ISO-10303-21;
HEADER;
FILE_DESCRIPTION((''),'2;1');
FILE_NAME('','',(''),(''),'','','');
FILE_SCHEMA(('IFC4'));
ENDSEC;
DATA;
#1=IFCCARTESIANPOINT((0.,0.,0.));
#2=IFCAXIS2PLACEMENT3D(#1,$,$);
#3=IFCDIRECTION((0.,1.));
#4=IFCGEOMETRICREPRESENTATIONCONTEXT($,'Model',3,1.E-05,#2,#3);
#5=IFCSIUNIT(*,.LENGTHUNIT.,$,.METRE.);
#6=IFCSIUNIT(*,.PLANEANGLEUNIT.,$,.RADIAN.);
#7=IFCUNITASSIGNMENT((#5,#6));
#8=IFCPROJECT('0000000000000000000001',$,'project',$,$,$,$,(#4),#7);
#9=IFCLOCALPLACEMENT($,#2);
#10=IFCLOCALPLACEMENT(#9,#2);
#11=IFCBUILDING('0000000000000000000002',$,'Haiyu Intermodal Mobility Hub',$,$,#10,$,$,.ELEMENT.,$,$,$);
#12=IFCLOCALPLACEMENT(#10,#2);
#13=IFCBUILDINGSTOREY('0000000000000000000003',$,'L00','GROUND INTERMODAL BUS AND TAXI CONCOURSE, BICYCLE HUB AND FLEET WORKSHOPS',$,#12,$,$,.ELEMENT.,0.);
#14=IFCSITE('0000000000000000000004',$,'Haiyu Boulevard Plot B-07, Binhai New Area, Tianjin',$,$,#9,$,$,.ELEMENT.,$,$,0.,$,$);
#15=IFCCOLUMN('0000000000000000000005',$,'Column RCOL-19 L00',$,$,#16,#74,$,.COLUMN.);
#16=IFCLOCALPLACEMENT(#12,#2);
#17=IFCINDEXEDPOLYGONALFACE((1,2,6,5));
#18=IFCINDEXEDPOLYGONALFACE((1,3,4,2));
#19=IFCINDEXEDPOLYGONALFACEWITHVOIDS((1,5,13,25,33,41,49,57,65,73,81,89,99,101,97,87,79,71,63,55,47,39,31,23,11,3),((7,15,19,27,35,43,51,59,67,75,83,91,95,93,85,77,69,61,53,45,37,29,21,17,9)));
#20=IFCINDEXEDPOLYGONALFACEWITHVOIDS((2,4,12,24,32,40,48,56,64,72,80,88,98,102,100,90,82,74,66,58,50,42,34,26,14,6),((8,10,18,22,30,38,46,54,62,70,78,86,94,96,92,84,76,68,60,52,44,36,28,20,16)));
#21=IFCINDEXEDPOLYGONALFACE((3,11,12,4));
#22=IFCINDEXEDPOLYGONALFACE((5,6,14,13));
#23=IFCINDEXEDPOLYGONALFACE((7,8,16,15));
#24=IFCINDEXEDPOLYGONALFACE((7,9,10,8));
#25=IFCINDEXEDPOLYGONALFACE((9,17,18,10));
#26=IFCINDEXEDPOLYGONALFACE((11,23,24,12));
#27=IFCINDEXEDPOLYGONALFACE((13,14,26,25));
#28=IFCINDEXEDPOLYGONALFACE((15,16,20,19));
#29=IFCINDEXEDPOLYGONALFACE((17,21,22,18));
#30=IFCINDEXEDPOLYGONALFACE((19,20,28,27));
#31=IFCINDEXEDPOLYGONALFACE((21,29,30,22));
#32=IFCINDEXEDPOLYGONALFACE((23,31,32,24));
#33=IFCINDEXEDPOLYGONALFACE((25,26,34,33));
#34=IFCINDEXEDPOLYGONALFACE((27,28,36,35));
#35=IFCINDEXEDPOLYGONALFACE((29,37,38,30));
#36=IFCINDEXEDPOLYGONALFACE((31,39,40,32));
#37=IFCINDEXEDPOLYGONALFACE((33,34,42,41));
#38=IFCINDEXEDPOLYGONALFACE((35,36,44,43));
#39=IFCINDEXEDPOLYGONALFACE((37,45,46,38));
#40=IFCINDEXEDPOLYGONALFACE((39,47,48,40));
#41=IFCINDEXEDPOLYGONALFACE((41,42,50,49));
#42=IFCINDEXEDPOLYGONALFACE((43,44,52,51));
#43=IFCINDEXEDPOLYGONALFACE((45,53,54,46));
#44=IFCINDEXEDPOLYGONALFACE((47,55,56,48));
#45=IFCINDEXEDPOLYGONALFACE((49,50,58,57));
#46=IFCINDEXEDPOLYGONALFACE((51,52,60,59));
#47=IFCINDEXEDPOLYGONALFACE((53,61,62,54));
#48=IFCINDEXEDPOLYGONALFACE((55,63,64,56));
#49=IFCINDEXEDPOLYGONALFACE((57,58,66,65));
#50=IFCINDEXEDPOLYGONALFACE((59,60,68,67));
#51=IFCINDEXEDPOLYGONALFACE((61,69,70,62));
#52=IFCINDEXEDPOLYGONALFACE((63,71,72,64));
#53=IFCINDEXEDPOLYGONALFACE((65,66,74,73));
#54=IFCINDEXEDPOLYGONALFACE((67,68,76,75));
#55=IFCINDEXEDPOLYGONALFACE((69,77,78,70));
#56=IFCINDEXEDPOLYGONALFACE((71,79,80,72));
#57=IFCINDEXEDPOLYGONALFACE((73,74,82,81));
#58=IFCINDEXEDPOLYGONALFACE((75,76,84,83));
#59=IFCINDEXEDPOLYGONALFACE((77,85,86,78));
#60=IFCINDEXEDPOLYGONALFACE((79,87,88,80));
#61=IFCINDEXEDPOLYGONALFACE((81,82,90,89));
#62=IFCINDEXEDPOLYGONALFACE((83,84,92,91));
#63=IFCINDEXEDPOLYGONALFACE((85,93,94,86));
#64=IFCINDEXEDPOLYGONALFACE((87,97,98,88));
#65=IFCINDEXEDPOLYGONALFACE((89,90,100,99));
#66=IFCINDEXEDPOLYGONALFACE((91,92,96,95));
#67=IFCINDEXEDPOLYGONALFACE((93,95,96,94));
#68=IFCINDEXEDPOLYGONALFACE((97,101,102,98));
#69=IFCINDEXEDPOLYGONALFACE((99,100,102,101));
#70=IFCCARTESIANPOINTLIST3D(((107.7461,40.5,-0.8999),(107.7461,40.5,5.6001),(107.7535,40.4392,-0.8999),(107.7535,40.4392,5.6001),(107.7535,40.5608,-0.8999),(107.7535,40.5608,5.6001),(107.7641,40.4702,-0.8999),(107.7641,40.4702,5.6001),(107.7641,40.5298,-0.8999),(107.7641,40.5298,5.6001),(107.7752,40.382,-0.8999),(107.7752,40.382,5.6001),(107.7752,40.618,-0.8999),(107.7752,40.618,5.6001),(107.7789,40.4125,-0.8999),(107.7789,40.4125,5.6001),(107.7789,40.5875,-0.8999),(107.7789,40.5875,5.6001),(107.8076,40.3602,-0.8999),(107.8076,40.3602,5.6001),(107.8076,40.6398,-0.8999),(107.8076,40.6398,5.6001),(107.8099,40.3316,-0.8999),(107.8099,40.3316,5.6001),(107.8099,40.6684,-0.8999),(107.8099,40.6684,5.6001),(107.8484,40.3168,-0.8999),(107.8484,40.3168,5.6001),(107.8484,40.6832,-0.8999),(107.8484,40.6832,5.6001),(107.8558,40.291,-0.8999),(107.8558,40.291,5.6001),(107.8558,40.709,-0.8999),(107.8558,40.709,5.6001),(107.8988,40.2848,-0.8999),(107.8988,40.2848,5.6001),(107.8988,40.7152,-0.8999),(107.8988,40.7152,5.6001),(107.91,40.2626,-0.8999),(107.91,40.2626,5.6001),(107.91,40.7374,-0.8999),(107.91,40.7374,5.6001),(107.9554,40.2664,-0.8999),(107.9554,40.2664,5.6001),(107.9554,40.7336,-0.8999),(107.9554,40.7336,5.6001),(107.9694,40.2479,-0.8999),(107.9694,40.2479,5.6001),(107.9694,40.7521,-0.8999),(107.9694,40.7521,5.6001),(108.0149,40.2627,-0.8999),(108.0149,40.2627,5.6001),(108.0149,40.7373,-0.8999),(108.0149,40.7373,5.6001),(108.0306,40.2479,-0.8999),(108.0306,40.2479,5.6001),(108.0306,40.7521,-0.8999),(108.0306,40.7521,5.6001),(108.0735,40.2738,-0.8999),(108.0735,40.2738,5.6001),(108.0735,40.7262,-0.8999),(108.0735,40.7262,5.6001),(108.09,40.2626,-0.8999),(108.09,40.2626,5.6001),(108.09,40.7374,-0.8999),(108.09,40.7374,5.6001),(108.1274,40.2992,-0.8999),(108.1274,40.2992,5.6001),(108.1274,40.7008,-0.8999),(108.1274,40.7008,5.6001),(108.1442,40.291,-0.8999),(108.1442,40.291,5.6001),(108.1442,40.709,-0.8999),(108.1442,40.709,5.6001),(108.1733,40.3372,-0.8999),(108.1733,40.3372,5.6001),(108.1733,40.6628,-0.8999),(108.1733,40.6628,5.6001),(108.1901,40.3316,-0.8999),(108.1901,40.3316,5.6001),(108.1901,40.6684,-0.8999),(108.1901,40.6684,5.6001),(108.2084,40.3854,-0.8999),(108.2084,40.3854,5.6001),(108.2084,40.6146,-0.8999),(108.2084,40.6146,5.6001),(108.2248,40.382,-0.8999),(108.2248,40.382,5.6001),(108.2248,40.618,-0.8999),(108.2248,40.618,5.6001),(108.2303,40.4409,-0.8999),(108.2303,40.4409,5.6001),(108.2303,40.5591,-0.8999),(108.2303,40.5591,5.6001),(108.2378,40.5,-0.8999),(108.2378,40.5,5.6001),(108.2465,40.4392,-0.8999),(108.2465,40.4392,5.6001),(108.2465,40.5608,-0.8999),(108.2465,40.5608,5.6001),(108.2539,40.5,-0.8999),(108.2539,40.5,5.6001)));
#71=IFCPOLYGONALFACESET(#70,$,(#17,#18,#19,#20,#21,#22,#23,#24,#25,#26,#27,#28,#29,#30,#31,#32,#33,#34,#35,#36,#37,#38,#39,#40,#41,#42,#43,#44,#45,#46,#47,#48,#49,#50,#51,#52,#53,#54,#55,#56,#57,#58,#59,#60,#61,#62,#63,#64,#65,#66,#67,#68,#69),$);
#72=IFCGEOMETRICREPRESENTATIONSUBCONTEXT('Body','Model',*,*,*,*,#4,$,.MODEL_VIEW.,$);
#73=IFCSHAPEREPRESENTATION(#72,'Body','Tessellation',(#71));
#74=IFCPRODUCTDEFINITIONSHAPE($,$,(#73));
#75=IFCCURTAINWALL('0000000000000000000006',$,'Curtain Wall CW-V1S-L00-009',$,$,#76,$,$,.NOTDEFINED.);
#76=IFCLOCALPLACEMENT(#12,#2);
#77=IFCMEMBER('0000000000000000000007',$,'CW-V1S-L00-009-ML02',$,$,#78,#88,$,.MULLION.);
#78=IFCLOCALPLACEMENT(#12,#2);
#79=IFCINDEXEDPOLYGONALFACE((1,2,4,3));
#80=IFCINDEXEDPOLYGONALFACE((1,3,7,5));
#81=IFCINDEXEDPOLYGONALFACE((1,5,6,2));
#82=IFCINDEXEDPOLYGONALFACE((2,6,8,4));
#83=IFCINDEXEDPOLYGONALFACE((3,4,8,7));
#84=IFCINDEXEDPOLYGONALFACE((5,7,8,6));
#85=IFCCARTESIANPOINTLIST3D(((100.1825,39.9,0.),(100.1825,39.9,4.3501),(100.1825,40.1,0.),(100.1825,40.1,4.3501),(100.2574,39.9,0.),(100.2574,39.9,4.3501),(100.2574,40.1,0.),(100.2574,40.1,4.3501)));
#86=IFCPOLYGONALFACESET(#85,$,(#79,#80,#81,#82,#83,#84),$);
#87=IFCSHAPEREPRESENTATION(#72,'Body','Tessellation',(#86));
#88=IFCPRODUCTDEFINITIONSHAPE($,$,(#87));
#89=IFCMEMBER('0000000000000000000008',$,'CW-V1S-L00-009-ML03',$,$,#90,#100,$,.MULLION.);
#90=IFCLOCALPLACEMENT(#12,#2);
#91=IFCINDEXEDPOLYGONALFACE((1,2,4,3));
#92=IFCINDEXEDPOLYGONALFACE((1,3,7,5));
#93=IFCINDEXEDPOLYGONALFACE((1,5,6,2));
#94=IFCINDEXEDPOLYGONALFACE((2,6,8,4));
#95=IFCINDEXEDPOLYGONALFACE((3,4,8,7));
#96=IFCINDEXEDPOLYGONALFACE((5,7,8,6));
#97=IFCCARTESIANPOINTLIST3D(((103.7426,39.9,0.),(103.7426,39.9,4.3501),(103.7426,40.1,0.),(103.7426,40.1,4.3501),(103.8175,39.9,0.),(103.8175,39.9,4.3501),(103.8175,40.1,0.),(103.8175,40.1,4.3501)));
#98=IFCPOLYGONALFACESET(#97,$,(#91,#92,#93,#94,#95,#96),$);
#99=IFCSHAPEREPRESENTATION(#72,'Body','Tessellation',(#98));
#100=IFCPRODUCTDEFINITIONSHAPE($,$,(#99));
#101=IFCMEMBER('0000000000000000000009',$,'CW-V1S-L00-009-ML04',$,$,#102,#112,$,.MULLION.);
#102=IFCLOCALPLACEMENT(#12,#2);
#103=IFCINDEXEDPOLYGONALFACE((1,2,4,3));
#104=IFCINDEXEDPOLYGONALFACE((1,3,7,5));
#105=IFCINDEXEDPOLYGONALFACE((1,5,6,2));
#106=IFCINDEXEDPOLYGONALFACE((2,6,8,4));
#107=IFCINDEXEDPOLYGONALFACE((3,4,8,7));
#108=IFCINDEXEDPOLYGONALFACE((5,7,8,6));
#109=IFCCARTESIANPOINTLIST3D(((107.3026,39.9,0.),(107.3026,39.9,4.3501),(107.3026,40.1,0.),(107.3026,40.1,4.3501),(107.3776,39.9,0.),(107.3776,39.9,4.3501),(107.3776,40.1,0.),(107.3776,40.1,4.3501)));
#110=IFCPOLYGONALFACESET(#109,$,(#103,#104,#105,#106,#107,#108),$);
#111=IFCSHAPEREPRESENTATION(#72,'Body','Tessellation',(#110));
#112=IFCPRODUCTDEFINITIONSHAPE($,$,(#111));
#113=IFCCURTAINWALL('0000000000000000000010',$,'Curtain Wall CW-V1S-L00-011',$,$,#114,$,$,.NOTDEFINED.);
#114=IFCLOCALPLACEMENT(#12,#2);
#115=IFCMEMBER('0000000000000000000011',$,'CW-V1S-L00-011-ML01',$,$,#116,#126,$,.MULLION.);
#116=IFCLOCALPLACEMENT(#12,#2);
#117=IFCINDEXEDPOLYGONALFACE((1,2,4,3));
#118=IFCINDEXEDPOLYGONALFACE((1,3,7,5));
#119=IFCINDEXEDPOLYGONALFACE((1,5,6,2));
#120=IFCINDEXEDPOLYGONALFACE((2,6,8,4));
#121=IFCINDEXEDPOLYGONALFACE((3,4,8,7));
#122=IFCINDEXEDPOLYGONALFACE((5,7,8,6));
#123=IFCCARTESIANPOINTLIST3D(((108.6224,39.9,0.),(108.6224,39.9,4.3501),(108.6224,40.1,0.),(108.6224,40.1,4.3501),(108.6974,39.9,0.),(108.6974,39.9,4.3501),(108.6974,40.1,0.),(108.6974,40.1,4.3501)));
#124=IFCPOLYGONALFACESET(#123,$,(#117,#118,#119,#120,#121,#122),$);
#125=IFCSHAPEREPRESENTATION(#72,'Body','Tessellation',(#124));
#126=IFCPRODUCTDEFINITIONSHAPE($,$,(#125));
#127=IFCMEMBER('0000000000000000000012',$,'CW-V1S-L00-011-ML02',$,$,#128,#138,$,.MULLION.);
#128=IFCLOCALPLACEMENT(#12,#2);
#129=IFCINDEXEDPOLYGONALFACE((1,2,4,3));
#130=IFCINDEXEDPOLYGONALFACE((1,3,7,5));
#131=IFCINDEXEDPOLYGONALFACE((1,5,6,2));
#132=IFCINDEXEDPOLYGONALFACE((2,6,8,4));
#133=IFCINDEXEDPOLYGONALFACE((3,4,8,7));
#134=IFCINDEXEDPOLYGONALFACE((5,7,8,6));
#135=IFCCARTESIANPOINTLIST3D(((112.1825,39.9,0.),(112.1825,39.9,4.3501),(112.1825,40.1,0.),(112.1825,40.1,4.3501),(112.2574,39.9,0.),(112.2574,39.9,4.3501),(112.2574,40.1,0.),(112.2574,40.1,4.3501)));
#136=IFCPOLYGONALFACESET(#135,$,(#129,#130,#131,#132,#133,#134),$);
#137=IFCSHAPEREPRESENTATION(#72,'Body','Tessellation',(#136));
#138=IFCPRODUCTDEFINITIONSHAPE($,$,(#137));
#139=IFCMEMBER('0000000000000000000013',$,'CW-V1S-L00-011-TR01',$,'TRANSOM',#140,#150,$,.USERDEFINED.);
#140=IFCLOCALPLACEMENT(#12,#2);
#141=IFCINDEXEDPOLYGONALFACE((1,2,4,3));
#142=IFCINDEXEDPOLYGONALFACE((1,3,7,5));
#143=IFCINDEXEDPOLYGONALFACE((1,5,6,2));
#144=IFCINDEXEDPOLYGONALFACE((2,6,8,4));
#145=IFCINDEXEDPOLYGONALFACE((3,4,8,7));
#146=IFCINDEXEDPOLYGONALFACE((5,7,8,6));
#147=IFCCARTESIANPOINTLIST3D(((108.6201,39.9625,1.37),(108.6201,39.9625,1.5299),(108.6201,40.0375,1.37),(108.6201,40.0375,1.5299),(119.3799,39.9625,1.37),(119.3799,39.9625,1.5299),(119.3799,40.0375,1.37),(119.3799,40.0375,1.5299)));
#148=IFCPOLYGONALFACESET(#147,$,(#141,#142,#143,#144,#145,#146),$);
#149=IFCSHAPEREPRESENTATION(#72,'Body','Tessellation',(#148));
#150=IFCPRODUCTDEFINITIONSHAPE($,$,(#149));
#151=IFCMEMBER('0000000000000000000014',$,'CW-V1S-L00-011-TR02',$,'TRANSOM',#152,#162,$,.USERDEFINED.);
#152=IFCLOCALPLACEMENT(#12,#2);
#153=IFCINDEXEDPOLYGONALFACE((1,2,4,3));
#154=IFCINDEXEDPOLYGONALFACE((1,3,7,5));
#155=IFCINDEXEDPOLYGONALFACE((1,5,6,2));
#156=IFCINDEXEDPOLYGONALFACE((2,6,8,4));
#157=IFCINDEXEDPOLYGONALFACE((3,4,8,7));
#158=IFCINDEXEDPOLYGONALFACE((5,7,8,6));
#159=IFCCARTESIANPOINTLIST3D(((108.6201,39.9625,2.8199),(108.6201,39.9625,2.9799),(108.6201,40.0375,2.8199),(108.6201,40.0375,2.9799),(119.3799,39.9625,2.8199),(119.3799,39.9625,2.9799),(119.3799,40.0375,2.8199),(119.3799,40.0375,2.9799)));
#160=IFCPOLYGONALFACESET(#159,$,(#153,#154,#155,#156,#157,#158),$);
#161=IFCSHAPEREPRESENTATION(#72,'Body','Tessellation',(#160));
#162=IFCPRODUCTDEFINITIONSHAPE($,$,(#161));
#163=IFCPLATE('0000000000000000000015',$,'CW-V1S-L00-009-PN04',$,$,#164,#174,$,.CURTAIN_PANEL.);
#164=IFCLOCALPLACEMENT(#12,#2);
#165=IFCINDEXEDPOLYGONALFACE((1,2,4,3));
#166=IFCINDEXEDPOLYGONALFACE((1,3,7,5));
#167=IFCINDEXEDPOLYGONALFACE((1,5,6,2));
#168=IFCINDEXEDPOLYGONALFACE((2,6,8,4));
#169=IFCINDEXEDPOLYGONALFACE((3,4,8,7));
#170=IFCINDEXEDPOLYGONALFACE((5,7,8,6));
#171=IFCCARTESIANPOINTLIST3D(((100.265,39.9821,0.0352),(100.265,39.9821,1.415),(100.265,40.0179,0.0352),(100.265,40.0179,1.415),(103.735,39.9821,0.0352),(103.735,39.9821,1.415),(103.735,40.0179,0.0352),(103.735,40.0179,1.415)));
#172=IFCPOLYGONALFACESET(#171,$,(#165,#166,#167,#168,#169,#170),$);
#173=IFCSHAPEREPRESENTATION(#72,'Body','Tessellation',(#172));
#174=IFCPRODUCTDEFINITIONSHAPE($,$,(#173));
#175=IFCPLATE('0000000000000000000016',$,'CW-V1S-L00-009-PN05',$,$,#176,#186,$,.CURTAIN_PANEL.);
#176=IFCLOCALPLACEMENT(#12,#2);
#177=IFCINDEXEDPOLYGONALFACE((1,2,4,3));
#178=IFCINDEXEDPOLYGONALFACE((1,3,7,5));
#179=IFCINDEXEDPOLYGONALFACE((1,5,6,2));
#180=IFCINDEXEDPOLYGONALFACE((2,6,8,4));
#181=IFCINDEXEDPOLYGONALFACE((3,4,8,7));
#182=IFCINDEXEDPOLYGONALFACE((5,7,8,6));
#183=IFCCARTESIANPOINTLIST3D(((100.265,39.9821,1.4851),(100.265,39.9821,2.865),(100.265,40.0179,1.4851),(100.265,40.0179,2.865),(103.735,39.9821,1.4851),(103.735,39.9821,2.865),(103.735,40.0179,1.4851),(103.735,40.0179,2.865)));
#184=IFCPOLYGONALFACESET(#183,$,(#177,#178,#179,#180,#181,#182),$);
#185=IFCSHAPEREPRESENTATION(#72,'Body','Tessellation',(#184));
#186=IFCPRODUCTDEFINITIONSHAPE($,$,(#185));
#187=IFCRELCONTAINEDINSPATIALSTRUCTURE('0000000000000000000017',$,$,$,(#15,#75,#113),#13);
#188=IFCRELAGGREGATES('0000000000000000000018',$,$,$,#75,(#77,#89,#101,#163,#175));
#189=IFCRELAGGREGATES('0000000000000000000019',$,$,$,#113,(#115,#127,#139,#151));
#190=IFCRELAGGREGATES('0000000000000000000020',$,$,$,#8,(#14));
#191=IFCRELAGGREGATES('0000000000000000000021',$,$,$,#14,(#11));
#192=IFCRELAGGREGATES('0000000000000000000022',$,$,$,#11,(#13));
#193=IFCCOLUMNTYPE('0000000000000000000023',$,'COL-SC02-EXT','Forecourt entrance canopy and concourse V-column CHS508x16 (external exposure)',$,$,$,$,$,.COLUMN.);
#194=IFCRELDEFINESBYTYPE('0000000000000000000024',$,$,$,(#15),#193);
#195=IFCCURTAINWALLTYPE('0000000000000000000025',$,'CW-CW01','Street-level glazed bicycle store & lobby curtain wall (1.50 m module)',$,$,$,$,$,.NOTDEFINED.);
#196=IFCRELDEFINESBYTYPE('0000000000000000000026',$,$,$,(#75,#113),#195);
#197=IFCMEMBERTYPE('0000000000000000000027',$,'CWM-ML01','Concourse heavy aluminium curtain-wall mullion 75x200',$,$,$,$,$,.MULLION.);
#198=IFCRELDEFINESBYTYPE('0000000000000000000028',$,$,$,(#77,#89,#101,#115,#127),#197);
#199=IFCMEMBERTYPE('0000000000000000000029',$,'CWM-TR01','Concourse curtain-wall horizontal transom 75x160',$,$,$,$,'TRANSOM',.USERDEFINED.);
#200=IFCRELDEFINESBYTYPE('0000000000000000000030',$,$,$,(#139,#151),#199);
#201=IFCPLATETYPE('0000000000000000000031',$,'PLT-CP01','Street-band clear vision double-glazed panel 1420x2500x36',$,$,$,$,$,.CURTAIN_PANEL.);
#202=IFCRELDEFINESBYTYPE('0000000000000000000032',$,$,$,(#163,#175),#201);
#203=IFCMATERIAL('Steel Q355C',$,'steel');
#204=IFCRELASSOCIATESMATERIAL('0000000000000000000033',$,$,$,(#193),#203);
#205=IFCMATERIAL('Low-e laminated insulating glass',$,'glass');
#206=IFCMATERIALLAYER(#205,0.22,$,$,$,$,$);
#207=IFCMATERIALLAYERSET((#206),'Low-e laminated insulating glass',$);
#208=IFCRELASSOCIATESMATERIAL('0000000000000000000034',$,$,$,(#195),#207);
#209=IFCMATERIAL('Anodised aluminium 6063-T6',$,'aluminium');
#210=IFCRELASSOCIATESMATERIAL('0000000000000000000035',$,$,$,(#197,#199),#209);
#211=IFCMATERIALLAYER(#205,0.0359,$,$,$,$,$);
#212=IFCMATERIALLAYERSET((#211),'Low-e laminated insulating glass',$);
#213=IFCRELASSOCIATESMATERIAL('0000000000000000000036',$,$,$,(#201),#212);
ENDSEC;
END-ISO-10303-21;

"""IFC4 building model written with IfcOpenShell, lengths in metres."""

from ifc_helpers import new_model, si_unit, direction, frame, origin, origin_2d, place, context, subcontext, project, spatial, rectangle, hollow_circle, extrude, material, layer, layer_set, material_profile, profile_set, type_object, element, aggregate, save


model = new_model("IFC4")

# Units and contexts
model_context = context("Model", 3, precision=1e-05, world=origin(), true_north=direction((0.0, 1.0)))
body_context = subcontext(model_context, "Body", "Model", "MODEL_VIEW")
ifc_project = project(units=[si_unit("LENGTHUNIT", "METRE"), si_unit("PLANEANGLEUNIT", "RADIAN")], contexts=[model_context])

# Site, building, storey
site_placement = place(None, origin())
site = spatial("IfcSite", under=ifc_project, at=site_placement, Name="Haiyu Boulevard Plot B-07, Binhai New Area, Tianjin", CompositionType="ELEMENT", RefElevation=0.0)
building_placement = place(site_placement, origin())
building = spatial("IfcBuilding", under=site, at=building_placement, Name="Haiyu Intermodal Mobility Hub", CompositionType="ELEMENT")
storey_placement = place(building_placement, origin())
storey = spatial("IfcBuildingStorey", under=building, at=storey_placement, Name="L00", Description="GROUND INTERMODAL BUS AND TAXI CONCOURSE, BICYCLE HUB AND FLEET WORKSHOPS", CompositionType="ELEMENT", Elevation=0.0)

# Column
ifc_material_1 = material(Name="Steel Q355C", Category="steel")
ifc_material_profile_1 = material_profile(ifc_material_1, hollow_circle(Radius=0.2539, WallThickness=0.0161, at=origin_2d()), Name="CHS508x16")
ifc_profile_set_1 = profile_set([ifc_material_profile_1], Name="Steel Q355C")
column_type = type_object("IfcColumnType", Name="COL-SC02-EXT", Description="Forecourt entrance canopy and concourse V-column CHS508x16 (external exposure)", PredefinedType="COLUMN", material=ifc_profile_set_1)
for number, where, z_axis, x_axis, name in (
    (1, (108.0, 40.5, -0.8999), (0.0, 0.0, 1.0), (1.0, 0.0, 0.0), "Column RCOL-19 L00"),
):
    element("IfcColumn", number, at=place(storey_placement, frame(where, z_axis=z_axis, x_axis=x_axis)), inside=storey, type_object=column_type, Name=name, PredefinedType="COLUMN", context=body_context, shape_type="SweptSolid", body=[
        extrude(hollow_circle(Radius=0.2539, WallThickness=0.0161, at=origin_2d()), origin(), (0.0, 0.0, 1.0), 6.5),
    ])

# Curtain walls, members
ifc_material_2 = material(Name="Low-e laminated insulating glass", Category="glass")
ifc_layer_1 = layer(ifc_material_2, 0.22)
ifc_layer_set_1 = layer_set([ifc_layer_1], Name="Low-e laminated insulating glass")
curtain_wall_type = type_object("IfcCurtainWallType", Name="CW-CW01", Description="Street-level glazed bicycle store & lobby curtain wall (1.50 m module)", PredefinedType="NOTDEFINED", material=ifc_layer_set_1)
curtain_wall_1_placement = place(storey_placement, origin())
curtain_wall_1 = element("IfcCurtainWall", 2, at=curtain_wall_1_placement, inside=storey, type_object=curtain_wall_type, Name="Curtain Wall CW-V1S-L00-009", PredefinedType="NOTDEFINED")
ifc_material_3 = material(Name="Anodised aluminium 6063-T6", Category="aluminium")
ifc_material_profile_2 = material_profile(ifc_material_3, rectangle(XDim=0.075, YDim=0.2, at=origin_2d()), Name="ALU75x200")
ifc_profile_set_2 = profile_set([ifc_material_profile_2], Name="Anodised aluminium 6063-T6")
member_type_1 = type_object("IfcMemberType", Name="CWM-ML01", Description="Concourse heavy aluminium curtain-wall mullion 75x200", PredefinedType="MULLION", material=ifc_profile_set_2)
member_1_placement = place(storey_placement, frame((100.22, 40.0, 0.0), z_axis=(0.0, 0.0, 1.0), x_axis=(1.0, 0.0, 0.0)))
member_1 = element("IfcMember", 3, at=member_1_placement, type_object=member_type_1, Name="CW-V1S-L00-009-ML02", PredefinedType="MULLION", context=body_context, shape_type="SweptSolid", body=[
    extrude(rectangle(XDim=0.075, YDim=0.2, at=origin_2d()), origin(), (0.0, 0.0, 1.0), 4.3501),
])
member_2_placement = place(storey_placement, frame((103.78, 40.0, 0.0), z_axis=(0.0, 0.0, 1.0), x_axis=(1.0, 0.0, 0.0)))
member_2 = element("IfcMember", 4, at=member_2_placement, type_object=member_type_1, Name="CW-V1S-L00-009-ML03", PredefinedType="MULLION", context=body_context, shape_type="SweptSolid", body=[
    extrude(rectangle(XDim=0.075, YDim=0.2, at=origin_2d()), origin(), (0.0, 0.0, 1.0), 4.3501),
])
member_3_placement = place(storey_placement, frame((107.3401, 40.0, 0.0), z_axis=(0.0, 0.0, 1.0), x_axis=(1.0, 0.0, 0.0)))
member_3 = element("IfcMember", 5, at=member_3_placement, type_object=member_type_1, Name="CW-V1S-L00-009-ML04", PredefinedType="MULLION", context=body_context, shape_type="SweptSolid", body=[
    extrude(rectangle(XDim=0.075, YDim=0.2, at=origin_2d()), origin(), (0.0, 0.0, 1.0), 4.3501),
])
curtain_wall_2_placement = place(storey_placement, origin())
curtain_wall_2 = element("IfcCurtainWall", 6, at=curtain_wall_2_placement, inside=storey, type_object=curtain_wall_type, Name="Curtain Wall CW-V1S-L00-011", PredefinedType="NOTDEFINED")
member_4_placement = place(storey_placement, frame((108.6599, 40.0, 0.0), z_axis=(0.0, 0.0, 1.0), x_axis=(1.0, 0.0, 0.0)))
member_4 = element("IfcMember", 7, at=member_4_placement, type_object=member_type_1, Name="CW-V1S-L00-011-ML01", PredefinedType="MULLION", context=body_context, shape_type="SweptSolid", body=[
    extrude(rectangle(XDim=0.075, YDim=0.2, at=origin_2d()), origin(), (0.0, 0.0, 1.0), 4.3501),
])
member_5_placement = place(storey_placement, frame((112.22, 40.0, 0.0), z_axis=(0.0, 0.0, 1.0), x_axis=(1.0, 0.0, 0.0)))
member_5 = element("IfcMember", 8, at=member_5_placement, type_object=member_type_1, Name="CW-V1S-L00-011-ML02", PredefinedType="MULLION", context=body_context, shape_type="SweptSolid", body=[
    extrude(rectangle(XDim=0.075, YDim=0.2, at=origin_2d()), origin(), (0.0, 0.0, 1.0), 4.3501),
])
ifc_material_profile_3 = material_profile(ifc_material_3, rectangle(XDim=0.075, YDim=0.1599, at=origin_2d()), Name="ALU75x160")
ifc_profile_set_3 = profile_set([ifc_material_profile_3], Name="Anodised aluminium 6063-T6")
member_type_2 = type_object("IfcMemberType", Name="CWM-TR01", Description="Concourse curtain-wall horizontal transom 75x160", ElementType="TRANSOM", PredefinedType="USERDEFINED", material=ifc_profile_set_3)
member_6_placement = place(storey_placement, frame((108.6201, 40.0, 1.45), z_axis=(1.0, 0.0, 0.0), x_axis=(0.0, 1.0, 0.0)))
member_6 = element("IfcMember", 9, at=member_6_placement, type_object=member_type_2, Name="CW-V1S-L00-011-TR01", ObjectType="TRANSOM", PredefinedType="USERDEFINED", context=body_context, shape_type="SweptSolid", body=[
    extrude(rectangle(XDim=0.075, YDim=0.1599, at=origin_2d()), origin(), (0.0, 0.0, 1.0), 10.7598),
])
member_7_placement = place(storey_placement, frame((108.6201, 40.0, 2.8999), z_axis=(1.0, 0.0, 0.0), x_axis=(0.0, 1.0, 0.0)))
member_7 = element("IfcMember", 10, at=member_7_placement, type_object=member_type_2, Name="CW-V1S-L00-011-TR02", ObjectType="TRANSOM", PredefinedType="USERDEFINED", context=body_context, shape_type="SweptSolid", body=[
    extrude(rectangle(XDim=0.075, YDim=0.1599, at=origin_2d()), origin(), (0.0, 0.0, 1.0), 10.7598),
])

# Plates
ifc_layer_2 = layer(ifc_material_2, 0.0359)
ifc_layer_set_2 = layer_set([ifc_layer_2], Name="Low-e laminated insulating glass")
plate_type_1 = type_object("IfcPlateType", Name="PLT-CP01", Description="Street-band clear vision double-glazed panel 1420x2500x36", PredefinedType="CURTAIN_PANEL", material=ifc_layer_set_2)
plate_1_placement = place(storey_placement, frame((102.0, 40.0, 0.0352), z_axis=(0.0, 0.0, 1.0), x_axis=(1.0, 0.0, 0.0)))
plate_1 = element("IfcPlate", 11, at=plate_1_placement, type_object=plate_type_1, Name="CW-V1S-L00-009-PN04", PredefinedType="CURTAIN_PANEL", context=body_context, shape_type="SweptSolid", body=[
    extrude(rectangle(XDim=3.47, YDim=0.0359, at=origin_2d()), origin(), (0.0, 0.0, 1.0), 1.3799),
])
plate_2_placement = place(storey_placement, frame((102.0, 40.0, 1.4851), z_axis=(0.0, 0.0, 1.0), x_axis=(1.0, 0.0, 0.0)))
plate_2 = element("IfcPlate", 12, at=plate_2_placement, type_object=plate_type_1, Name="CW-V1S-L00-009-PN05", PredefinedType="CURTAIN_PANEL", context=body_context, shape_type="SweptSolid", body=[
    extrude(rectangle(XDim=3.47, YDim=0.0359, at=origin_2d()), origin(), (0.0, 0.0, 1.0), 1.3799),
])
aggregate(curtain_wall_1, [member_1, member_2, member_3, plate_1, plate_2])
aggregate(curtain_wall_2, [member_4, member_5, member_6, member_7])

save(model, "model.ifc")
